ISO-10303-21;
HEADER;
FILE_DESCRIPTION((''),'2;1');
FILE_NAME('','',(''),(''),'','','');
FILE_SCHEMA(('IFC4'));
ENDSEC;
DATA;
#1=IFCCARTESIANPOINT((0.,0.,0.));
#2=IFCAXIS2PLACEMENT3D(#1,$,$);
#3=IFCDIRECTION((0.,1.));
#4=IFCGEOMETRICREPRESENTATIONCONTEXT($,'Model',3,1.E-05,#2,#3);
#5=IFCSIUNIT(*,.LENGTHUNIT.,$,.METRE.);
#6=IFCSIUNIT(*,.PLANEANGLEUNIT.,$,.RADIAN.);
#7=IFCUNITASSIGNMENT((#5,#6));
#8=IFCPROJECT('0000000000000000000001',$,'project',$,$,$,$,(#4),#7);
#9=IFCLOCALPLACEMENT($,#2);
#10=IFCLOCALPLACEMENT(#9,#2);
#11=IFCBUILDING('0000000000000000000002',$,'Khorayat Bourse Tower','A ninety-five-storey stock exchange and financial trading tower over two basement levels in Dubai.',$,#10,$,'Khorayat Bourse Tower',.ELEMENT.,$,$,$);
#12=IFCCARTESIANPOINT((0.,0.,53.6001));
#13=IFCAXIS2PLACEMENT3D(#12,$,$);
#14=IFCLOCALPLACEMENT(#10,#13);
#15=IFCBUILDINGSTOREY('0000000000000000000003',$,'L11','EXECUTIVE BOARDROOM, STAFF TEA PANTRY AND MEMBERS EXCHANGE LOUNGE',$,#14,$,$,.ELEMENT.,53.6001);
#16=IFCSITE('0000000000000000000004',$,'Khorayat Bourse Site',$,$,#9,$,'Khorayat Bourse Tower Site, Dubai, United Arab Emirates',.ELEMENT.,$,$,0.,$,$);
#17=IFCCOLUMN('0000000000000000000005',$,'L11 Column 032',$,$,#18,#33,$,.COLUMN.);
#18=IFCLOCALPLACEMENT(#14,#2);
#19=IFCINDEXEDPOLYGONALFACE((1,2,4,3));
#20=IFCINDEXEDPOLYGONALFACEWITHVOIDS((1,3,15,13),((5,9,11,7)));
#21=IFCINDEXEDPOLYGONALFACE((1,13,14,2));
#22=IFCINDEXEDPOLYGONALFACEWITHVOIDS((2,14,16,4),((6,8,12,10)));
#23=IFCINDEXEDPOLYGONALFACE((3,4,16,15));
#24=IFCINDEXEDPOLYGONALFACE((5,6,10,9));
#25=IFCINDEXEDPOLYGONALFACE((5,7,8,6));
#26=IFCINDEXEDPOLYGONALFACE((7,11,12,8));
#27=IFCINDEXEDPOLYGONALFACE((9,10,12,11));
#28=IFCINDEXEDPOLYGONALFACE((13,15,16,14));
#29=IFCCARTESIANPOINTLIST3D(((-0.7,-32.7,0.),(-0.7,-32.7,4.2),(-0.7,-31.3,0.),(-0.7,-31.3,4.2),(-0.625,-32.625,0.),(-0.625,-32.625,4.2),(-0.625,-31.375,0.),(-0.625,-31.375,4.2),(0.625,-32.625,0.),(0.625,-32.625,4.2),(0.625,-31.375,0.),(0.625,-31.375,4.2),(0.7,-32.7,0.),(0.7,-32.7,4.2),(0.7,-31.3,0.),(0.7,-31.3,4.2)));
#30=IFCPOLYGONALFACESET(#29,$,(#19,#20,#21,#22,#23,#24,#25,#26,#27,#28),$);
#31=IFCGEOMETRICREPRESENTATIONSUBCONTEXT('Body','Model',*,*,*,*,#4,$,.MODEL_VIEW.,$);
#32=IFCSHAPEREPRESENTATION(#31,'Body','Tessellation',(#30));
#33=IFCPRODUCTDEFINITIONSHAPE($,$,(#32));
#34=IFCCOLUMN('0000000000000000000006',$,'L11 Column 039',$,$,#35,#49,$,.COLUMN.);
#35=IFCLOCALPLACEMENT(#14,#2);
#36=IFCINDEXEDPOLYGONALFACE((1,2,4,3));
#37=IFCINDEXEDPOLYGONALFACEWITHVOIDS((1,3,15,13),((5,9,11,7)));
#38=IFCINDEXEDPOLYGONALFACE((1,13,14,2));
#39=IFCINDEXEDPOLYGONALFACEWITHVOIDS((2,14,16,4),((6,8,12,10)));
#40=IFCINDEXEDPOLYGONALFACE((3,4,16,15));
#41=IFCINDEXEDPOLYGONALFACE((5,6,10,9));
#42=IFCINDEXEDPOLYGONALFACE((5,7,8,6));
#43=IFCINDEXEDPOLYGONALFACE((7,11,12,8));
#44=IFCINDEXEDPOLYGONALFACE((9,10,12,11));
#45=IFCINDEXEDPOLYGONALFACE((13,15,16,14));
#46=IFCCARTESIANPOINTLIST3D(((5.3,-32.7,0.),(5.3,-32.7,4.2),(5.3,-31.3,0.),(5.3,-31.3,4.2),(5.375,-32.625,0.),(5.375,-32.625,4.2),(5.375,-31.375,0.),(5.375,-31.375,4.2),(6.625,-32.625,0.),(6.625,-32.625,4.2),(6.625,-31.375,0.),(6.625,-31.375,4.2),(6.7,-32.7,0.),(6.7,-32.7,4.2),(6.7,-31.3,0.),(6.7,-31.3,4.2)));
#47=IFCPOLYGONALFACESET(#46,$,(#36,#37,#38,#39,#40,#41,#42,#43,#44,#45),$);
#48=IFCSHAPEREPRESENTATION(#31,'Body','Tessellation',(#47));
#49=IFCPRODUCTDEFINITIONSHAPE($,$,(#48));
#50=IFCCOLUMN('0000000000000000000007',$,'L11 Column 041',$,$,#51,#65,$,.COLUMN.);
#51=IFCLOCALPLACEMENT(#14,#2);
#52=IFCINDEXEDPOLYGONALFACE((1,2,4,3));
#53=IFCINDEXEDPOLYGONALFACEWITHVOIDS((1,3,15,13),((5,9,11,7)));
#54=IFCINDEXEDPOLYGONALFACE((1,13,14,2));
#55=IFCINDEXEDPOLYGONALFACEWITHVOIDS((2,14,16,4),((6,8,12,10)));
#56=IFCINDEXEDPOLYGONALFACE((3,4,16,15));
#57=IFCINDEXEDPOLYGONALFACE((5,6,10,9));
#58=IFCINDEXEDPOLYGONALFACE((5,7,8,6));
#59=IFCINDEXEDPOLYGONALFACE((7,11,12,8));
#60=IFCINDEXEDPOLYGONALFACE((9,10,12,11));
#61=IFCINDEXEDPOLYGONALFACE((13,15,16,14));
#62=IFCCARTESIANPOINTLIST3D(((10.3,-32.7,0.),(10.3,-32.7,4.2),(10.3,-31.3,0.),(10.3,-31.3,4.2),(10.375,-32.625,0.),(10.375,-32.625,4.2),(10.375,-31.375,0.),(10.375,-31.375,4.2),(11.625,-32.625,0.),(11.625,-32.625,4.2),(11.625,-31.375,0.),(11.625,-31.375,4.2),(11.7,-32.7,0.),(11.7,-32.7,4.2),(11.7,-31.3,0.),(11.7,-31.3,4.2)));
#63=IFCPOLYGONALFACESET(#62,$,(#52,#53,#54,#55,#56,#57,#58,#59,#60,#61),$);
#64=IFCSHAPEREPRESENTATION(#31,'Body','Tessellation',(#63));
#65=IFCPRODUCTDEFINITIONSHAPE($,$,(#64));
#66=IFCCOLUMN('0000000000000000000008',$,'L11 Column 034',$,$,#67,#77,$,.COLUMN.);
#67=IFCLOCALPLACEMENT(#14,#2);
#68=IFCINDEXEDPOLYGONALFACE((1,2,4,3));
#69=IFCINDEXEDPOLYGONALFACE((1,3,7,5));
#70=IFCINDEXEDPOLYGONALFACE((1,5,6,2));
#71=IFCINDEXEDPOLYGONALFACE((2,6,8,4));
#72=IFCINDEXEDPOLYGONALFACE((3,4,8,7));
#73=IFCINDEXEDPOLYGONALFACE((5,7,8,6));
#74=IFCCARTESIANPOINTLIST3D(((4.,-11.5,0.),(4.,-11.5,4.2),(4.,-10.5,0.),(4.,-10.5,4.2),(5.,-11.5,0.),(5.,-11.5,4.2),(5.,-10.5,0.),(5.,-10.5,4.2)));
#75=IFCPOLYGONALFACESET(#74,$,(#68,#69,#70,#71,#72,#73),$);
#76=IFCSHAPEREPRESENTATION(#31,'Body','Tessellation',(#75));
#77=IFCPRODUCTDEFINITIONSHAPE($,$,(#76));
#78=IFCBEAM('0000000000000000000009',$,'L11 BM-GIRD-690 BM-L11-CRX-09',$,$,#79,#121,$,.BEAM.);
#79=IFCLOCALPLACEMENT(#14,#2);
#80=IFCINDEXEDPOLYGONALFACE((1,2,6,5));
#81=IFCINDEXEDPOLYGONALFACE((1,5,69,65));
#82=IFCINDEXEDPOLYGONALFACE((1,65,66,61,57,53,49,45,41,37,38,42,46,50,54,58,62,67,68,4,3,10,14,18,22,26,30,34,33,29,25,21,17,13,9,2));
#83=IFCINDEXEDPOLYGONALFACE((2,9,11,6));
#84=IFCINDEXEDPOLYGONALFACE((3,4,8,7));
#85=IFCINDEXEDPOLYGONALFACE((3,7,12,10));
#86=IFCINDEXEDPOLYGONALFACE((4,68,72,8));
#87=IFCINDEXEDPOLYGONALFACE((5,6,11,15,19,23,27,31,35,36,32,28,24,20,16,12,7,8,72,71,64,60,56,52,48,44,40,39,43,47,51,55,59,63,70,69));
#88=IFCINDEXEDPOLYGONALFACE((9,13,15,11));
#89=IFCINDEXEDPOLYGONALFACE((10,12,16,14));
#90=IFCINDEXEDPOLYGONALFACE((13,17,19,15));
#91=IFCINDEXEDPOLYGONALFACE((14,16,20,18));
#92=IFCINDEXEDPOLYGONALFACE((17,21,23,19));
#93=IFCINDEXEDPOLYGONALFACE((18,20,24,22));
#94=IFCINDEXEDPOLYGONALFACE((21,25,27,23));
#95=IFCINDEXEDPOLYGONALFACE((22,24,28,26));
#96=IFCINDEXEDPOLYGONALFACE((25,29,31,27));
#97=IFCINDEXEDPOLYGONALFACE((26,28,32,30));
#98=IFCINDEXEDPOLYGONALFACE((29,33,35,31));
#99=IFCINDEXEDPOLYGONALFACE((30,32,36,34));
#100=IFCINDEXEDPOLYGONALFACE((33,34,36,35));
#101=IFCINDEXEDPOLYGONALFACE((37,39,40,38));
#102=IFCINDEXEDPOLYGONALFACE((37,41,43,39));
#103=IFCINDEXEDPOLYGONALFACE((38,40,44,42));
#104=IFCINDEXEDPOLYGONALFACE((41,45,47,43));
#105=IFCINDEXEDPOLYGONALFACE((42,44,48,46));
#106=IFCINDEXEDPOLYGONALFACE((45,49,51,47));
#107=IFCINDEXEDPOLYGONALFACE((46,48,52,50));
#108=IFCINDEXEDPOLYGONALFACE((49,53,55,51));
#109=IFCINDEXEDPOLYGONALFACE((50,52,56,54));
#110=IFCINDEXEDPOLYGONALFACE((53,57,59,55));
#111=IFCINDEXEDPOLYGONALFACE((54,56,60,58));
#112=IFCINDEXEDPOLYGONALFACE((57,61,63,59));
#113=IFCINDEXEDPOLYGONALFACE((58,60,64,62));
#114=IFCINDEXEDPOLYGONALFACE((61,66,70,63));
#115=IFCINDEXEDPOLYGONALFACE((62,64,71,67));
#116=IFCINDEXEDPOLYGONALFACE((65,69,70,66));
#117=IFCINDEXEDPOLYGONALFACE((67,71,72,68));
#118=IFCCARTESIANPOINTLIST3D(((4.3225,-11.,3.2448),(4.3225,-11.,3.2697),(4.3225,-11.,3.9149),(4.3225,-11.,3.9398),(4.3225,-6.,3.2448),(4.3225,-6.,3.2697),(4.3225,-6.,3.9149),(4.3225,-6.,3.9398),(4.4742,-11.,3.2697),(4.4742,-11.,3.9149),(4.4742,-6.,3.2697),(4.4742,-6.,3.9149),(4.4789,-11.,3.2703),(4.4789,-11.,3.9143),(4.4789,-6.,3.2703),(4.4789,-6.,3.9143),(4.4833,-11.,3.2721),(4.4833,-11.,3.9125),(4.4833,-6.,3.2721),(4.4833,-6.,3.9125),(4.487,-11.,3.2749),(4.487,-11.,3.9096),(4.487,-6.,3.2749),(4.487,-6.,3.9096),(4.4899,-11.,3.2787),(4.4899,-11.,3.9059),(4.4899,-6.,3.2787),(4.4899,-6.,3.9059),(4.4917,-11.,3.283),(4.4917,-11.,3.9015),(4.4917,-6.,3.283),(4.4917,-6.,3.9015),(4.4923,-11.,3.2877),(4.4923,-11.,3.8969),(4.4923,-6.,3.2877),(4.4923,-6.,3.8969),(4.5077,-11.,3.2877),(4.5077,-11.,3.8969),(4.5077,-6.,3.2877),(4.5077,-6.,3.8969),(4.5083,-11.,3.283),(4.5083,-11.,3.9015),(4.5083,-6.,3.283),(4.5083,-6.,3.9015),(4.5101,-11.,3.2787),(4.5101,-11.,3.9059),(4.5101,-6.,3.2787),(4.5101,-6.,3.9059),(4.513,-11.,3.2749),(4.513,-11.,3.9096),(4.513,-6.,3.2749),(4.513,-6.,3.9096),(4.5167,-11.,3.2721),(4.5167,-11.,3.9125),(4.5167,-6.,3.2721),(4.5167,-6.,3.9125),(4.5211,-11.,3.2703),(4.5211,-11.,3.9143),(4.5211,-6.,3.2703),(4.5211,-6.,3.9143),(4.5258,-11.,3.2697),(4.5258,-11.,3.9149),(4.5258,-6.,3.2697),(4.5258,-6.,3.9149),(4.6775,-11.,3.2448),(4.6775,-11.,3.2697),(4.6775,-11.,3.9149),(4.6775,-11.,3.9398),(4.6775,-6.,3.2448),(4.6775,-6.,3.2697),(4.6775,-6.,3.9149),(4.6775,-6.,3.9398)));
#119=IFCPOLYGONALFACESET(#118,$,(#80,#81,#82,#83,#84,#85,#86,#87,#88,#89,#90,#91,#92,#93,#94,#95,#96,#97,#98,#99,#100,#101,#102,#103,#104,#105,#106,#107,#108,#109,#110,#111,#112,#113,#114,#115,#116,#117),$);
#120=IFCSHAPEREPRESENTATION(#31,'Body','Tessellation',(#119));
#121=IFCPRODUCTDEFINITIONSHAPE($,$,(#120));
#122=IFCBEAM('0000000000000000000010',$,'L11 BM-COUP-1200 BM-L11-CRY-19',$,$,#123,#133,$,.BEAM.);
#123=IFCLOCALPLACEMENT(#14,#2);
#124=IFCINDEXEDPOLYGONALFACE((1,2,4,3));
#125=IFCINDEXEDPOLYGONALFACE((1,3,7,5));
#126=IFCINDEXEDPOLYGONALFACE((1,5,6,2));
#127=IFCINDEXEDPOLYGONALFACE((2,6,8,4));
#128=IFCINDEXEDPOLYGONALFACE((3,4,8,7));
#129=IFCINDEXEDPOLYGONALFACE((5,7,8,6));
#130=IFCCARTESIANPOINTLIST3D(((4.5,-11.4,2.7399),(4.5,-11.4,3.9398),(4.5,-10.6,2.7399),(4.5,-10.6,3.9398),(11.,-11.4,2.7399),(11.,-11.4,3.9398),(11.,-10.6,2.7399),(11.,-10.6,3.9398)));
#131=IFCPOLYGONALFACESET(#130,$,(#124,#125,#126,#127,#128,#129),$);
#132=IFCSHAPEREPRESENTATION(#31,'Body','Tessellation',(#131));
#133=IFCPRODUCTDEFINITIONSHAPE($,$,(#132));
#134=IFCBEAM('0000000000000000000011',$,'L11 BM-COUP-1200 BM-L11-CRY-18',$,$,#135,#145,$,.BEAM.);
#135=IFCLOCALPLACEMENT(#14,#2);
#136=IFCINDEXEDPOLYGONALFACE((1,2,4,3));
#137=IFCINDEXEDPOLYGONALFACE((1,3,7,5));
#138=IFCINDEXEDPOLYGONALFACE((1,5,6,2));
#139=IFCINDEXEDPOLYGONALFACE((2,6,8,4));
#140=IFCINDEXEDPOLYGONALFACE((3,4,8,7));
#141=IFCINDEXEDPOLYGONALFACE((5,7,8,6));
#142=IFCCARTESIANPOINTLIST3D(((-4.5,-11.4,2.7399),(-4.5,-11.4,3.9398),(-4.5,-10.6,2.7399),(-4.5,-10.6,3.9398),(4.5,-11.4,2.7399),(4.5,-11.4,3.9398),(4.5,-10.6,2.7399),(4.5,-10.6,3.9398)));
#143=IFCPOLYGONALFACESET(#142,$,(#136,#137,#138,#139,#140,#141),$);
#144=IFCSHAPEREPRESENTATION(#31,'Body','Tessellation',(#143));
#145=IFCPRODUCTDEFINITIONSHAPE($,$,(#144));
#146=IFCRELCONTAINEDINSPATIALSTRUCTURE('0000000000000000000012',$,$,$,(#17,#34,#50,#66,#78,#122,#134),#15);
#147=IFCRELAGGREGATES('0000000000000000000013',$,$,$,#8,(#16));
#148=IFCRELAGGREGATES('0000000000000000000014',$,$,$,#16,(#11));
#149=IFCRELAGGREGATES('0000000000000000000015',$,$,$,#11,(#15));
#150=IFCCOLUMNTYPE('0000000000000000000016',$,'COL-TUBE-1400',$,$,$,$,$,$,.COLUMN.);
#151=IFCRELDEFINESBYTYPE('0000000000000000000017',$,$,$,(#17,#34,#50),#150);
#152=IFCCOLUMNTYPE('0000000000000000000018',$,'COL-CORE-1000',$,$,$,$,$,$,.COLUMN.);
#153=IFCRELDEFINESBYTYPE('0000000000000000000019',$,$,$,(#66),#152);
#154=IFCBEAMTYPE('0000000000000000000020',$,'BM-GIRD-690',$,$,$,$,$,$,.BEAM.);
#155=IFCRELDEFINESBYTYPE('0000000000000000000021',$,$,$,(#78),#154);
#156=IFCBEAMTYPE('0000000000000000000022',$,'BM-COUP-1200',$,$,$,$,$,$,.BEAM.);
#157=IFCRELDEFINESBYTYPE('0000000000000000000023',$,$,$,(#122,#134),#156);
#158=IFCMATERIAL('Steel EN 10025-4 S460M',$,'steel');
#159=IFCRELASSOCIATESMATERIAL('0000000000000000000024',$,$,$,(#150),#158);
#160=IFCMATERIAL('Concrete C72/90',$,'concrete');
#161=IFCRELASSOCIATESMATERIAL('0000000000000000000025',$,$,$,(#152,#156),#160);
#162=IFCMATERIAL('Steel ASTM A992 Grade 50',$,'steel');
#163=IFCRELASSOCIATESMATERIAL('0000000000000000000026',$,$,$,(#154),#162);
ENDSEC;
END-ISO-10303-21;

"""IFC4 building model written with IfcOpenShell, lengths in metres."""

from ifc_helpers import new_model, si_unit, direction, frame, origin, origin_2d, place, context, subcontext, project, spatial, rectangle, hollow_rectangle, i_section, extrude, source, transform, mapped, material, material_profile, profile_set, type_object, element, save


model = new_model("IFC4")

# Units and contexts
model_context = context("Model", 3, precision=1e-05, world=origin(), true_north=direction((0.0, 1.0)))
body_context = subcontext(model_context, "Body", "Model", "MODEL_VIEW")
ifc_project = project(units=[si_unit("LENGTHUNIT", "METRE"), si_unit("PLANEANGLEUNIT", "RADIAN")], contexts=[model_context])

# Site, building, storey
site_placement = place(None, origin())
site = spatial("IfcSite", under=ifc_project, at=site_placement, Name="Khorayat Bourse Site", LongName="Khorayat Bourse Tower Site, Dubai, United Arab Emirates", CompositionType="ELEMENT", RefElevation=0.0)
building_placement = place(site_placement, origin())
building = spatial("IfcBuilding", under=site, at=building_placement, Name="Khorayat Bourse Tower", Description="A ninety-five-storey stock exchange and financial trading tower over two basement levels in Dubai.", LongName="Khorayat Bourse Tower", CompositionType="ELEMENT")
storey_placement = place(building_placement, frame((0.0, 0.0, 53.6001)))
storey = spatial("IfcBuildingStorey", under=building, at=storey_placement, Name="L11", Description="EXECUTIVE BOARDROOM, STAFF TEA PANTRY AND MEMBERS EXCHANGE LOUNGE", CompositionType="ELEMENT", Elevation=53.6001)

# Columns
ifc_material_1 = material(Name="Steel EN 10025-4 S460M", Category="steel")
ifc_material_profile_1 = material_profile(ifc_material_1, hollow_rectangle(XDim=1.3999, YDim=1.3999, WallThickness=0.075, at=origin_2d()), Name="BOX 1400x1400x75")
ifc_profile_set_1 = profile_set([ifc_material_profile_1], Name="Steel EN 10025-4 S460M")
column_type_1 = type_object("IfcColumnType", Name="COL-TUBE-1400", PredefinedType="COLUMN", material=ifc_profile_set_1)
shared_shape_1 = source(origin(), body_context, "Body", "SweptSolid", [
    extrude(hollow_rectangle(XDim=1.3999, YDim=1.3999, WallThickness=0.075, at=origin_2d()), origin(), (0.0, 0.0, 1.0), 4.2),
])
for number, where, z_axis, x_axis, name in (
    (1, (0.0, -32.0, 0.0), (0.0, 0.0, 1.0), (1.0, 0.0, 0.0), "L11 Column 032"),
    (2, (6.0, -32.0, 0.0), (0.0, 0.0, 1.0), (1.0, 0.0, 0.0), "L11 Column 039"),
    (3, (11.0, -32.0, 0.0), (0.0, 0.0, 1.0), (1.0, 0.0, 0.0), "L11 Column 041"),
):
    element("IfcColumn", number, at=place(storey_placement, frame(where, z_axis=z_axis, x_axis=x_axis)), inside=storey, type_object=column_type_1, Name=name, PredefinedType="COLUMN", context=body_context, shape_type="MappedRepresentation", body=[
        mapped(shared_shape_1, transform((0.0, 0.0, 0.0), scale=1.0)),
    ])
ifc_material_2 = material(Name="Concrete C72/90", Category="concrete")
ifc_material_profile_2 = material_profile(ifc_material_2, rectangle(XDim=1.0, YDim=1.0, at=origin_2d()), Name="RC 1000x1000")
ifc_profile_set_2 = profile_set([ifc_material_profile_2], Name="Concrete C72/90")
column_type_2 = type_object("IfcColumnType", Name="COL-CORE-1000", PredefinedType="COLUMN", material=ifc_profile_set_2)
shared_shape_2 = source(origin(), body_context, "Body", "SweptSolid", [
    extrude(rectangle(XDim=1.0, YDim=1.0, at=origin_2d()), origin(), (0.0, 0.0, 1.0), 4.2),
])
column_placement = place(storey_placement, frame((4.5, -11.0, 0.0), z_axis=(0.0, 0.0, 1.0), x_axis=(1.0, 0.0, 0.0)))
element("IfcColumn", 4, at=column_placement, inside=storey, type_object=column_type_2, Name="L11 Column 034", PredefinedType="COLUMN", context=body_context, shape_type="MappedRepresentation", body=[
    mapped(shared_shape_2, transform((0.0, 0.0, 0.0), scale=1.0)),
])

# Beams
ifc_material_3 = material(Name="Steel ASTM A992 Grade 50", Category="steel")
ifc_material_profile_3 = material_profile(ifc_material_3, i_section(OverallWidth=0.355, OverallDepth=0.6951, WebThickness=0.0154, FlangeThickness=0.0249, FilletRadius=0.0181, at=origin_2d()), Name="W690X217")
ifc_profile_set_3 = profile_set([ifc_material_profile_3], Name="Steel ASTM A992 Grade 50")
beam_type_1 = type_object("IfcBeamType", Name="BM-GIRD-690", PredefinedType="BEAM", material=ifc_profile_set_3)
shared_shape_3 = source(origin(), body_context, "Body", "SweptSolid", [
    extrude(i_section(OverallWidth=0.355, OverallDepth=0.6951, WebThickness=0.0154, FlangeThickness=0.0249, FilletRadius=0.0181, at=origin_2d()), origin(), (0.0, 0.0, 1.0), 5.0),
])
beam_1_placement = place(storey_placement, frame((4.5, -11.0, 3.5923), z_axis=(0.0, 1.0, 0.0), x_axis=(-1.0, 0.0, 0.0)))
element("IfcBeam", 5, at=beam_1_placement, inside=storey, type_object=beam_type_1, Name="L11 BM-GIRD-690 BM-L11-CRX-09", PredefinedType="BEAM", context=body_context, shape_type="MappedRepresentation", body=[
    mapped(shared_shape_3, transform((0.0, 0.0, 0.0), scale=1.0)),
])
ifc_material_profile_4 = material_profile(ifc_material_2, rectangle(XDim=0.8, YDim=1.2, at=origin_2d()), Name="RC 800x1200")
ifc_profile_set_4 = profile_set([ifc_material_profile_4], Name="Concrete C72/90")
beam_type_2 = type_object("IfcBeamType", Name="BM-COUP-1200", PredefinedType="BEAM", material=ifc_profile_set_4)
shared_shape_4 = source(origin(), body_context, "Body", "SweptSolid", [
    extrude(rectangle(XDim=0.8, YDim=1.2, at=origin_2d()), origin(), (0.0, 0.0, 1.0), 6.5),
])
beam_2_placement = place(storey_placement, frame((4.5, -11.0, 3.3398), z_axis=(1.0, 0.0, 0.0), x_axis=(0.0, 1.0, 0.0)))
element("IfcBeam", 6, at=beam_2_placement, inside=storey, type_object=beam_type_2, Name="L11 BM-COUP-1200 BM-L11-CRY-19", PredefinedType="BEAM", context=body_context, shape_type="MappedRepresentation", body=[
    mapped(shared_shape_4, transform((0.0, 0.0, 0.0), scale=1.0)),
])
shared_shape_5 = source(origin(), body_context, "Body", "SweptSolid", [
    extrude(rectangle(XDim=0.8, YDim=1.2, at=origin_2d()), origin(), (0.0, 0.0, 1.0), 9.0),
])
beam_3_placement = place(storey_placement, frame((-4.5, -11.0, 3.3398), z_axis=(1.0, 0.0, 0.0), x_axis=(0.0, 1.0, 0.0)))
element("IfcBeam", 7, at=beam_3_placement, inside=storey, type_object=beam_type_2, Name="L11 BM-COUP-1200 BM-L11-CRY-18", PredefinedType="BEAM", context=body_context, shape_type="MappedRepresentation", body=[
    mapped(shared_shape_5, transform((0.0, 0.0, 0.0), scale=1.0)),
])

save(model, "model.ifc")
